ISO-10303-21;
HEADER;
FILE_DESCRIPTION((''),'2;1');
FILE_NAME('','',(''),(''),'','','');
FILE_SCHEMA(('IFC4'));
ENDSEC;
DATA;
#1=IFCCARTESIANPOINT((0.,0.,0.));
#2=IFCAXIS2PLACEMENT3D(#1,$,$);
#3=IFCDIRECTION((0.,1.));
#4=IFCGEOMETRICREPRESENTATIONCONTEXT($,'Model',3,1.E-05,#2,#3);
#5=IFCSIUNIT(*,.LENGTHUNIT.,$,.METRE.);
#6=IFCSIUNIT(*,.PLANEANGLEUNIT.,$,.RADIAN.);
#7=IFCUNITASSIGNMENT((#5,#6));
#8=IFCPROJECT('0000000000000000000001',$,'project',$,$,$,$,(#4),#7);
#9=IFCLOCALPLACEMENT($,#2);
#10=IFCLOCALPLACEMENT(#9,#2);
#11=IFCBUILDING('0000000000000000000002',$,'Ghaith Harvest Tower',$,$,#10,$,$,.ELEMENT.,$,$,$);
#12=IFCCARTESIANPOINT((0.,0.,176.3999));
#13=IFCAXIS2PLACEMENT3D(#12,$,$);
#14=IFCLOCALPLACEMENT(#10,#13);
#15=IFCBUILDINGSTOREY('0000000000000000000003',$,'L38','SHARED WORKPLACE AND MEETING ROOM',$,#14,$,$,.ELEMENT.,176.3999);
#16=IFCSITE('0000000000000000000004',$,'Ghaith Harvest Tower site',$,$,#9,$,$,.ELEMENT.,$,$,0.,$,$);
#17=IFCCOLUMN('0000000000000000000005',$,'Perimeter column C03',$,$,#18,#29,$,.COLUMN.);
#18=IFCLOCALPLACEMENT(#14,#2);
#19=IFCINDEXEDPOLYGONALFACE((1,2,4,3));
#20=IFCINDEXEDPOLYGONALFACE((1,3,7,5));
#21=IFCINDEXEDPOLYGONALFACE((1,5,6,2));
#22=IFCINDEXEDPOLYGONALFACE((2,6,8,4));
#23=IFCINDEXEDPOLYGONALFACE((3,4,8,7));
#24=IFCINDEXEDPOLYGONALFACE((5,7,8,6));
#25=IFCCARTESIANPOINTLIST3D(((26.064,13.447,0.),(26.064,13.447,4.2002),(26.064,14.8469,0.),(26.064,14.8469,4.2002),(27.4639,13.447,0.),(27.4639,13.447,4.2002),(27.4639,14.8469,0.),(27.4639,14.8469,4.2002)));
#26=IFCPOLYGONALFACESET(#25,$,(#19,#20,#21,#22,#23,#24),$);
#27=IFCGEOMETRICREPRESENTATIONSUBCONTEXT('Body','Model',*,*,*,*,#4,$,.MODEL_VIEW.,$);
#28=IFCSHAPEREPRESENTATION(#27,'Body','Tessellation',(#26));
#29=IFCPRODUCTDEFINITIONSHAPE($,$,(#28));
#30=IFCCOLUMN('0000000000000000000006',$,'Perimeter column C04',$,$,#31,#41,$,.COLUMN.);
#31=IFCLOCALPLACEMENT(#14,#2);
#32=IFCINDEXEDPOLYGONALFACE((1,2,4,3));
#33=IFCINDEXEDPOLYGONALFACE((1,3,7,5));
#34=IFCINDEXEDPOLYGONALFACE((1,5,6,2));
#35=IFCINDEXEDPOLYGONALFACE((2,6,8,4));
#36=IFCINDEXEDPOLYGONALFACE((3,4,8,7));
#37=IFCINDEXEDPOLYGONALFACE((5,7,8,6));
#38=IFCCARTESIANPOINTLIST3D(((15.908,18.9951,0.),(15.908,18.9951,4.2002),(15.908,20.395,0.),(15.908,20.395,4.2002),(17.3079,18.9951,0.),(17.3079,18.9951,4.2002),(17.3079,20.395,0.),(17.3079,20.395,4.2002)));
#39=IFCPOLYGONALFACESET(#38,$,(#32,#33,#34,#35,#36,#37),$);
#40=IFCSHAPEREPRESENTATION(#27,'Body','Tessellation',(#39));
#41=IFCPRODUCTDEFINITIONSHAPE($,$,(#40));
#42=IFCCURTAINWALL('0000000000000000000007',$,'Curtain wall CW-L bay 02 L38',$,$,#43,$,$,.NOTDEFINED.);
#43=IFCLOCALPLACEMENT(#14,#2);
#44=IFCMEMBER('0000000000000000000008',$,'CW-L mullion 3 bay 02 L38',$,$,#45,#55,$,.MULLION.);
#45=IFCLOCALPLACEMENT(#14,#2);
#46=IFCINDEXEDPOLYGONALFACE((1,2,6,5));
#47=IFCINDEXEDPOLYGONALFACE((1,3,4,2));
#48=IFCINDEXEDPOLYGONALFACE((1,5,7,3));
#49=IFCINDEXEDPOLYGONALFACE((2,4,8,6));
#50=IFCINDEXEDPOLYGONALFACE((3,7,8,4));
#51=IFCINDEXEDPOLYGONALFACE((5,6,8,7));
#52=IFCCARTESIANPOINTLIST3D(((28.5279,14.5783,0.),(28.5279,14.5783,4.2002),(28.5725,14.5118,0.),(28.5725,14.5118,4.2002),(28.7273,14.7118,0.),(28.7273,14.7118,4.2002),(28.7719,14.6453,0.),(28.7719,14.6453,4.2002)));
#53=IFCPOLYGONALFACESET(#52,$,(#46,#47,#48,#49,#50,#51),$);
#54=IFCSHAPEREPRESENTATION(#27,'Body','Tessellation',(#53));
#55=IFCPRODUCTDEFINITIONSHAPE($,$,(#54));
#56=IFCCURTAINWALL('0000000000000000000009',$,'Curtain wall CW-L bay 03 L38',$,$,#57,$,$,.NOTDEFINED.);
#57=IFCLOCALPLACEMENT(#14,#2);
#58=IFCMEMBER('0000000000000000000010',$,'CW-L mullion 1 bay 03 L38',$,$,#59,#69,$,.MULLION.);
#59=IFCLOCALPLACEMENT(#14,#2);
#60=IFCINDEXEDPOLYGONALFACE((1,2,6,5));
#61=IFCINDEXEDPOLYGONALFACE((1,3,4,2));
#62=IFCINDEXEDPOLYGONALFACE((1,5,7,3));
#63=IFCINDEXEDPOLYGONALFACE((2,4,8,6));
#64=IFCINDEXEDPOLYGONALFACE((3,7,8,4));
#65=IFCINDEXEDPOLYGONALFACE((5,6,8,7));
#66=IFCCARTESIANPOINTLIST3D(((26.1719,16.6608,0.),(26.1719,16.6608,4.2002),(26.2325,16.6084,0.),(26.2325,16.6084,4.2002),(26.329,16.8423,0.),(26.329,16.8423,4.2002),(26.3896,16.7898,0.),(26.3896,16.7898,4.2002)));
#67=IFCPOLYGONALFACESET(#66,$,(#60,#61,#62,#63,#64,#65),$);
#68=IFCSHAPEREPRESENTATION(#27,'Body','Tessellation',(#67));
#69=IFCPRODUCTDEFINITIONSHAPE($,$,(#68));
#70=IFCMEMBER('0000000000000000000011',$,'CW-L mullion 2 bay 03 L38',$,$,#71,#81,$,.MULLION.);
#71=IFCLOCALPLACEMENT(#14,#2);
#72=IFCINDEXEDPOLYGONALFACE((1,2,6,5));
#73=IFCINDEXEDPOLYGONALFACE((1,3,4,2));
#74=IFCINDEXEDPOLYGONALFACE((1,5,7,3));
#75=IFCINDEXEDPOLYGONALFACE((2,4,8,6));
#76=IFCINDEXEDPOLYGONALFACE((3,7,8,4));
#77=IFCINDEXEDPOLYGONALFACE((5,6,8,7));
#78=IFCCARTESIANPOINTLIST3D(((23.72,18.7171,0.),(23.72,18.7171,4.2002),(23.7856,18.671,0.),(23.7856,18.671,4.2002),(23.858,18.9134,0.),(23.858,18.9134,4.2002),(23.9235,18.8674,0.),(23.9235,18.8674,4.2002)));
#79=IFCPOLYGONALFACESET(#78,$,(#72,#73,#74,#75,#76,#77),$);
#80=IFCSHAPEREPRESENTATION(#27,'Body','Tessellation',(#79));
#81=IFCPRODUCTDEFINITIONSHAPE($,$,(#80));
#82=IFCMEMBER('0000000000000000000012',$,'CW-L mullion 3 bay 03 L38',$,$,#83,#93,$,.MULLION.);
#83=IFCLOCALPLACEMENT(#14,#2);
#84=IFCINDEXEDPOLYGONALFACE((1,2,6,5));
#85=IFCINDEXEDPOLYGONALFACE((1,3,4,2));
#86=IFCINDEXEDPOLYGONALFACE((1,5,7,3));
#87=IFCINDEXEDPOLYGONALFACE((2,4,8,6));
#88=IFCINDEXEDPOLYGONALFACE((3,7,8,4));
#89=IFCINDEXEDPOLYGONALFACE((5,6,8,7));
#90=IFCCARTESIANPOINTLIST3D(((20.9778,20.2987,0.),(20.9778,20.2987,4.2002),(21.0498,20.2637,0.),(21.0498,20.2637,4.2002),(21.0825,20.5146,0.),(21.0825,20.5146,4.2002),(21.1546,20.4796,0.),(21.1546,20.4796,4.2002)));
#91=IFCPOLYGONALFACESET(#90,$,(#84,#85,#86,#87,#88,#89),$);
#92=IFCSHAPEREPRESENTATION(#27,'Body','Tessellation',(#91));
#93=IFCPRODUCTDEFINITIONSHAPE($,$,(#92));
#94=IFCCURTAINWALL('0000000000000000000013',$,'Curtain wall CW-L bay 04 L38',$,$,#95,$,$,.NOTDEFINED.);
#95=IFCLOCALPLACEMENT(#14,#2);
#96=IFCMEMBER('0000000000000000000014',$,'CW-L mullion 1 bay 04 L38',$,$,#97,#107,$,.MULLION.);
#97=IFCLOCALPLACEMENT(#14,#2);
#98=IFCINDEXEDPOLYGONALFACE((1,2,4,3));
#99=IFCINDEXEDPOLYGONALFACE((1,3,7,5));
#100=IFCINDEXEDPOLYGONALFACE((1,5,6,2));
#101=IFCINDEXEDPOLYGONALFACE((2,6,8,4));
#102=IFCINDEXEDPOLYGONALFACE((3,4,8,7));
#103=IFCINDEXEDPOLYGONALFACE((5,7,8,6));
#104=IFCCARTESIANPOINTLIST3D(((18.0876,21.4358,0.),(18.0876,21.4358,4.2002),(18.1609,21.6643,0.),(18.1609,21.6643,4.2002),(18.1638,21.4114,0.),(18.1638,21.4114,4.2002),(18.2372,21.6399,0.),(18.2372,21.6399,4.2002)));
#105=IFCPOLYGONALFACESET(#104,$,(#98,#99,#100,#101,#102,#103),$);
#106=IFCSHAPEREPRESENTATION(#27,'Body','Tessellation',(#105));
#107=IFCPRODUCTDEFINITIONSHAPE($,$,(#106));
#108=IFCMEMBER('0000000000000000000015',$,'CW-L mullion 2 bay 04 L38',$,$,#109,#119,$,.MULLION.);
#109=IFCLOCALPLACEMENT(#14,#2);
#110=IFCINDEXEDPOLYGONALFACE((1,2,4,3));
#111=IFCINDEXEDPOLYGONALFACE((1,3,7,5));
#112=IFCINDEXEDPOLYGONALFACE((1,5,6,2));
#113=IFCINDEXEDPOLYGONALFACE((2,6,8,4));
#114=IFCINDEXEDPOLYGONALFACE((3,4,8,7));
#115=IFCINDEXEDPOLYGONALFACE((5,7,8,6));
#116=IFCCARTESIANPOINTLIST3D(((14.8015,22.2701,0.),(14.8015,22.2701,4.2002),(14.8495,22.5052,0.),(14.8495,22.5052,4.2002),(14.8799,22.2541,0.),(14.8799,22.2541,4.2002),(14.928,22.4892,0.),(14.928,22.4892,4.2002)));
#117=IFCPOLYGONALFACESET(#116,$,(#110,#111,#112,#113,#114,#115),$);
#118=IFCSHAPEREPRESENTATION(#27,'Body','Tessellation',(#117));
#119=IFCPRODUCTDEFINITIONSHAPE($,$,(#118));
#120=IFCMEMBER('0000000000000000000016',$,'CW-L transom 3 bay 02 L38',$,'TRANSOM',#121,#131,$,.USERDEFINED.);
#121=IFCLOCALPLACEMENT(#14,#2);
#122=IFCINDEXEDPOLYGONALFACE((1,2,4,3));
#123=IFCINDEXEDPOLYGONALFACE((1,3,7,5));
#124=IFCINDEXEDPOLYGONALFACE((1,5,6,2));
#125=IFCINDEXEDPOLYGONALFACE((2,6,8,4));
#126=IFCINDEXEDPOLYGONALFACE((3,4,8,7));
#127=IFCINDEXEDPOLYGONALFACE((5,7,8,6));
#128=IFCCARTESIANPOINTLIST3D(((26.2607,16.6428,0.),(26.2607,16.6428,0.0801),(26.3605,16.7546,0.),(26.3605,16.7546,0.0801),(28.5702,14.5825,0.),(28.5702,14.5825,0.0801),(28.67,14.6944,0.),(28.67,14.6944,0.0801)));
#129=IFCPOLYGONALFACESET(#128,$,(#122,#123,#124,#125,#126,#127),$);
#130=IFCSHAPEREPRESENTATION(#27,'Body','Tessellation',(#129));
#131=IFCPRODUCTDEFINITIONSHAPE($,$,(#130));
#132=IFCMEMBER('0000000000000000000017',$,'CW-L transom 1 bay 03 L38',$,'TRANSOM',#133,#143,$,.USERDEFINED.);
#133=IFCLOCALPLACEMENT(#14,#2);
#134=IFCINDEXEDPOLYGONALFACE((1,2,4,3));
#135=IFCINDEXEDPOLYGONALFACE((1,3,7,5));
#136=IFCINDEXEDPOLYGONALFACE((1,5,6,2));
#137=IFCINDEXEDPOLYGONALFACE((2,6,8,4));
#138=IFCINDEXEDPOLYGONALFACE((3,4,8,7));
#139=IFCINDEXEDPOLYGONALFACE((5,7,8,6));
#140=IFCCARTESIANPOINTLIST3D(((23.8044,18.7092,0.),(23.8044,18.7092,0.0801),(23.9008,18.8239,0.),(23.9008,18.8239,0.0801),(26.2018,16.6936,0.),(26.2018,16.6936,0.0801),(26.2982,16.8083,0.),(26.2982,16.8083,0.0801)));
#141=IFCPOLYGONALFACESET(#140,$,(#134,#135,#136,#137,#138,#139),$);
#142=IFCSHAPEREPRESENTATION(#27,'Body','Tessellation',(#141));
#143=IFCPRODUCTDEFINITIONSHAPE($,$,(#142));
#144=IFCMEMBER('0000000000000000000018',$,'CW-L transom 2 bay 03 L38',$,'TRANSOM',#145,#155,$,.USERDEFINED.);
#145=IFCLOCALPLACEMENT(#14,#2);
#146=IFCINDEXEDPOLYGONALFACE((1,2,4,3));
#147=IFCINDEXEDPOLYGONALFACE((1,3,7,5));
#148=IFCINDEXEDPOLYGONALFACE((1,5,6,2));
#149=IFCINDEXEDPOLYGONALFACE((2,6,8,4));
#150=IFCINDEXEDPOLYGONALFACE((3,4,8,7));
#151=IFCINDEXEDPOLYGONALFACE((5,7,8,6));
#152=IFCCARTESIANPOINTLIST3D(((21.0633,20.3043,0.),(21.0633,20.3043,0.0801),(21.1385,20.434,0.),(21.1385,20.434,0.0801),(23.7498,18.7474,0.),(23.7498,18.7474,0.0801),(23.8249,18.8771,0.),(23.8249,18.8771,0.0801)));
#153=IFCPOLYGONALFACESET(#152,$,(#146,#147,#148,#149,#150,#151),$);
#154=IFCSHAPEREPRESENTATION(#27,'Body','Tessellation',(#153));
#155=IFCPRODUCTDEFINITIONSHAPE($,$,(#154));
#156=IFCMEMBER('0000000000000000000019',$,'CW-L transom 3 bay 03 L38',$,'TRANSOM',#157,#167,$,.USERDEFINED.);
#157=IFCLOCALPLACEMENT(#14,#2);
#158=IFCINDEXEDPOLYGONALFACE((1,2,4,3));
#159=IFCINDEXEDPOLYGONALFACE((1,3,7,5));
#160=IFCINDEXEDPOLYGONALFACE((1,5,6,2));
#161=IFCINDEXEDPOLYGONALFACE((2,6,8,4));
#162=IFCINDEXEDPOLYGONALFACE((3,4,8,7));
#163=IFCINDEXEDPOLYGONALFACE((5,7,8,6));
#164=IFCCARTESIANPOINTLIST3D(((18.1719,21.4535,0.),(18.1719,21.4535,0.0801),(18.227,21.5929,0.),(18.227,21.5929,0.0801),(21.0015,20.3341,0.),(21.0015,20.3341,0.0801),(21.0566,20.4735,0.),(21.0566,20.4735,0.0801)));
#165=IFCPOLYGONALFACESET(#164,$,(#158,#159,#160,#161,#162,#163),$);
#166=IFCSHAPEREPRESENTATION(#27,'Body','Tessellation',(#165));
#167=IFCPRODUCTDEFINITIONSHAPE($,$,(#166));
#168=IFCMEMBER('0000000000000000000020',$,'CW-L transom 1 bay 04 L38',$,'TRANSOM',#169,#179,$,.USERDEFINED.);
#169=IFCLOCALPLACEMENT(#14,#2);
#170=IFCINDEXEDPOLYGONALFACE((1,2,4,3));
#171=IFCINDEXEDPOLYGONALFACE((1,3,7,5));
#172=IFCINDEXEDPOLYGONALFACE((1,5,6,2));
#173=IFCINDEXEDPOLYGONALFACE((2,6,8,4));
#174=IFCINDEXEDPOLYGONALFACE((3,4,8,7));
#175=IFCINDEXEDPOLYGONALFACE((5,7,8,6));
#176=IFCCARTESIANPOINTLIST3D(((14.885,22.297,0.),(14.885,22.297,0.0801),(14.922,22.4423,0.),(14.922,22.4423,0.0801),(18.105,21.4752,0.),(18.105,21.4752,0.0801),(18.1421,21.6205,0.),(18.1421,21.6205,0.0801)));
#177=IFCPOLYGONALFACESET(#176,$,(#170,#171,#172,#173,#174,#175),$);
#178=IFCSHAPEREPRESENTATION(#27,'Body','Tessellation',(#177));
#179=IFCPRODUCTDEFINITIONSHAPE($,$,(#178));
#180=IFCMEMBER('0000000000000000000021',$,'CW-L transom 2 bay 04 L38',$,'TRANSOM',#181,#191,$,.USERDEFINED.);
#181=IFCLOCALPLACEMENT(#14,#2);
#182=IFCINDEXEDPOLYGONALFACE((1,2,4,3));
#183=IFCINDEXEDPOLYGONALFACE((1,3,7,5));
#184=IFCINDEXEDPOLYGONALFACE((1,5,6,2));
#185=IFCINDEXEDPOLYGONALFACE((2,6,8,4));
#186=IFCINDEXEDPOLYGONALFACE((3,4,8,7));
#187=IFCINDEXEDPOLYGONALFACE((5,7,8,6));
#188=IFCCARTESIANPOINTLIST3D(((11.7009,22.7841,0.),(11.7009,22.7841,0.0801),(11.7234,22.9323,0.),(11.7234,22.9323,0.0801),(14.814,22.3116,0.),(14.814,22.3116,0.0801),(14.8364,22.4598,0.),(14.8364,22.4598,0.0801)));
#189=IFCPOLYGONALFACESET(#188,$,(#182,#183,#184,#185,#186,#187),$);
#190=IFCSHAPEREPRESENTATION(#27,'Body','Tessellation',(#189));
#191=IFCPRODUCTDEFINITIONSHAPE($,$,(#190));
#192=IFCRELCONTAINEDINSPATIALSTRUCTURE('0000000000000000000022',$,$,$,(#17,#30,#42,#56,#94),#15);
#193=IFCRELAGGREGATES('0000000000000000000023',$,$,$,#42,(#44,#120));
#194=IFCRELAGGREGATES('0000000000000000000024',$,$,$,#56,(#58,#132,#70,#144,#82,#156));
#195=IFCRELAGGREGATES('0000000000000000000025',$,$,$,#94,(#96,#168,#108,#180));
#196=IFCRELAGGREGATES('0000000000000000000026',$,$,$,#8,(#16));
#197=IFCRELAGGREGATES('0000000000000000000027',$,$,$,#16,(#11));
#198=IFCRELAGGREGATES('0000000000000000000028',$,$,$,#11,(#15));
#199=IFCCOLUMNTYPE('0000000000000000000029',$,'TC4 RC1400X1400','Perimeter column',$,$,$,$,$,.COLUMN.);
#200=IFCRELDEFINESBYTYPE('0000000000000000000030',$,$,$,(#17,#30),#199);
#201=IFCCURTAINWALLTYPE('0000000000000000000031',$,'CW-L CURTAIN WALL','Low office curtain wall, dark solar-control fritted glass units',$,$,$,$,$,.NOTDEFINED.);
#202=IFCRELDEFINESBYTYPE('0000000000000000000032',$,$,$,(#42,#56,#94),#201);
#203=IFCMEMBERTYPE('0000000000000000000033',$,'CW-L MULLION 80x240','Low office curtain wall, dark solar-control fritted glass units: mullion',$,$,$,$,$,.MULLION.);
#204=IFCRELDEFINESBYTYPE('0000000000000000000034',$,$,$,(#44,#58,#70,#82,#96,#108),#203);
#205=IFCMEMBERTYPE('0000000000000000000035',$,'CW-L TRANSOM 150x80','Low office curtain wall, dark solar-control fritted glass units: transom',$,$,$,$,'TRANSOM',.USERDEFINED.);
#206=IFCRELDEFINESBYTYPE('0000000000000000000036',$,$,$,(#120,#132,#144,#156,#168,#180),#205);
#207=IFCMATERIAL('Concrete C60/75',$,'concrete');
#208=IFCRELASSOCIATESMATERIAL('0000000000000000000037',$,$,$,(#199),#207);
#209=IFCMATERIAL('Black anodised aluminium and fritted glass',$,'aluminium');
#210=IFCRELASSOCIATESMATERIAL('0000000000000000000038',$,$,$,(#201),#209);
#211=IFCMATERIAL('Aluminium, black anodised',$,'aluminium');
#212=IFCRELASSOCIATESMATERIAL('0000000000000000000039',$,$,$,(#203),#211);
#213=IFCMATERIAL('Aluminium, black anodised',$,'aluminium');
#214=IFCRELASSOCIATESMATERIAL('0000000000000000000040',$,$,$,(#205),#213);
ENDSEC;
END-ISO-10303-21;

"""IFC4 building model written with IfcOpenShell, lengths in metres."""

from ifc_helpers import new_model, si_unit, direction, frame, origin, origin_2d, place, context, subcontext, project, spatial, rectangle, extrude, material, material_profile, profile_set, type_object, element, aggregate, save


model = new_model("IFC4")

# Units and contexts
model_context = context("Model", 3, precision=1e-05, world=origin(), true_north=direction((0.0, 1.0)))
body_context = subcontext(model_context, "Body", "Model", "MODEL_VIEW")
ifc_project = project(units=[si_unit("LENGTHUNIT", "METRE"), si_unit("PLANEANGLEUNIT", "RADIAN")], contexts=[model_context])

# Site, building, storey
site_placement = place(None, origin())
site = spatial("IfcSite", under=ifc_project, at=site_placement, Name="Ghaith Harvest Tower site", CompositionType="ELEMENT", RefElevation=0.0)
building_placement = place(site_placement, origin())
building = spatial("IfcBuilding", under=site, at=building_placement, Name="Ghaith Harvest Tower", CompositionType="ELEMENT")
storey_placement = place(building_placement, frame((0.0, 0.0, 176.3999)))
storey = spatial("IfcBuildingStorey", under=building, at=storey_placement, Name="L38", Description="SHARED WORKPLACE AND MEETING ROOM", CompositionType="ELEMENT", Elevation=176.3999)

# Columns
ifc_material_1 = material(Name="Concrete C60/75", Category="concrete")
ifc_material_profile_1 = material_profile(ifc_material_1, rectangle(XDim=1.3999, YDim=1.3999, at=origin_2d()), Name="RC1400X1400")
ifc_profile_set_1 = profile_set([ifc_material_profile_1], Name="Concrete C60/75")
column_type = type_object("IfcColumnType", Name="TC4 RC1400X1400", Description="Perimeter column", PredefinedType="COLUMN", material=ifc_profile_set_1)
for number, where, z_axis, x_axis, name in (
    (1, (26.7639, 14.147, 0.0), (0.0, 0.0, 1.0), (1.0, 0.0, 0.0), "Perimeter column C03"),
    (2, (16.6079, 19.6951, 0.0), (0.0, 0.0, 1.0), (1.0, 0.0, 0.0), "Perimeter column C04"),
):
    element("IfcColumn", number, at=place(storey_placement, frame(where, z_axis=z_axis, x_axis=x_axis)), inside=storey, type_object=column_type, Name=name, PredefinedType="COLUMN", context=body_context, shape_type="SweptSolid", body=[
        extrude(rectangle(XDim=1.3999, YDim=1.3999, at=origin_2d()), origin(), (0.0, 0.0, 1.0), 4.2002),
    ])

# Curtain wall, member
ifc_material_2 = material(Name="Black anodised aluminium and fritted glass", Category="aluminium")
curtain_wall_type = type_object("IfcCurtainWallType", Name="CW-L CURTAIN WALL", Description="Low office curtain wall, dark solar-control fritted glass units", PredefinedType="NOTDEFINED", material=ifc_material_2)
curtain_wall_1_placement = place(storey_placement, origin())
curtain_wall_1 = element("IfcCurtainWall", 3, at=curtain_wall_1_placement, inside=storey, type_object=curtain_wall_type, Name="Curtain wall CW-L bay 02 L38", PredefinedType="NOTDEFINED")
ifc_material_3 = material(Name="Aluminium, black anodised", Category="aluminium")
ifc_material_profile_2 = material_profile(ifc_material_3, rectangle(XDim=0.0801, YDim=0.24, at=origin_2d()), Name="CW-L MULLION 80x240")
ifc_profile_set_2 = profile_set([ifc_material_profile_2], Name="Aluminium, black anodised")
member_type_1 = type_object("IfcMemberType", Name="CW-L MULLION 80x240", Description="Low office curtain wall, dark solar-control fritted glass units: mullion", PredefinedType="MULLION", material=ifc_profile_set_2)
member_1_placement = place(storey_placement, frame((28.6499, 14.6118, 0.0), z_axis=(0.0, 0.0, 1.0), x_axis=(-0.556324, 0.830965, 0.0)))
member_1 = element("IfcMember", 4, at=member_1_placement, type_object=member_type_1, Name="CW-L mullion 3 bay 02 L38", PredefinedType="MULLION", context=body_context, shape_type="SweptSolid", body=[
    extrude(rectangle(XDim=0.0801, YDim=0.24, at=origin_2d()), origin(), (0.0, 0.0, 1.0), 4.2002),
])

# Curtain walls, members
curtain_wall_2_placement = place(storey_placement, origin())
curtain_wall_2 = element("IfcCurtainWall", 5, at=curtain_wall_2_placement, inside=storey, type_object=curtain_wall_type, Name="Curtain wall CW-L bay 03 L38", PredefinedType="NOTDEFINED")
member_2_placement = place(storey_placement, frame((26.2808, 16.7253, 0.0), z_axis=(0.0, 0.0, 1.0), x_axis=(-0.755999, 0.654572, 0.0)))
member_2 = element("IfcMember", 6, at=member_2_placement, type_object=member_type_1, Name="CW-L mullion 1 bay 03 L38", PredefinedType="MULLION", context=body_context, shape_type="SweptSolid", body=[
    extrude(rectangle(XDim=0.0801, YDim=0.24, at=origin_2d()), origin(), (0.0, 0.0, 1.0), 4.2002),
])
member_3_placement = place(storey_placement, frame((23.8218, 18.7922, 0.0), z_axis=(0.0, 0.0, 1.0), x_axis=(-0.818229, 0.574893, 0.0)))
member_3 = element("IfcMember", 7, at=member_3_placement, type_object=member_type_1, Name="CW-L mullion 2 bay 03 L38", PredefinedType="MULLION", context=body_context, shape_type="SweptSolid", body=[
    extrude(rectangle(XDim=0.0801, YDim=0.24, at=origin_2d()), origin(), (0.0, 0.0, 1.0), 4.2002),
])
member_4_placement = place(storey_placement, frame((21.0662, 20.3892, 0.0), z_axis=(0.0, 0.0, 1.0), x_axis=(-0.899713, 0.436481, 0.0)))
member_4 = element("IfcMember", 8, at=member_4_placement, type_object=member_type_1, Name="CW-L mullion 3 bay 03 L38", PredefinedType="MULLION", context=body_context, shape_type="SweptSolid", body=[
    extrude(rectangle(XDim=0.0801, YDim=0.24, at=origin_2d()), origin(), (0.0, 0.0, 1.0), 4.2002),
])
curtain_wall_3_placement = place(storey_placement, origin())
curtain_wall_3 = element("IfcCurtainWall", 9, at=curtain_wall_3_placement, inside=storey, type_object=curtain_wall_type, Name="Curtain wall CW-L bay 04 L38", PredefinedType="NOTDEFINED")
member_5_placement = place(storey_placement, frame((18.1624, 21.5378, 0.0), z_axis=(0.0, 0.0, 1.0), x_axis=(-0.952152, 0.305624, 0.0)))
member_5 = element("IfcMember", 10, at=member_5_placement, type_object=member_type_1, Name="CW-L mullion 1 bay 04 L38", PredefinedType="MULLION", context=body_context, shape_type="SweptSolid", body=[
    extrude(rectangle(XDim=0.0801, YDim=0.24, at=origin_2d()), origin(), (0.0, 0.0, 1.0), 4.2002),
])
member_6_placement = place(storey_placement, frame((14.8647, 22.3796, 0.0), z_axis=(0.0, 0.0, 1.0), x_axis=(-0.979752, 0.200215, 0.0)))
member_6 = element("IfcMember", 11, at=member_6_placement, type_object=member_type_1, Name="CW-L mullion 2 bay 04 L38", PredefinedType="MULLION", context=body_context, shape_type="SweptSolid", body=[
    extrude(rectangle(XDim=0.0801, YDim=0.24, at=origin_2d()), origin(), (0.0, 0.0, 1.0), 4.2002),
])

# Members
ifc_material_4 = material(Name="Aluminium, black anodised", Category="aluminium")
ifc_material_profile_3 = material_profile(ifc_material_4, rectangle(XDim=0.1499, YDim=0.0801, at=origin_2d()), Name="CW-L TRANSOM 150x80")
ifc_profile_set_3 = profile_set([ifc_material_profile_3], Name="Aluminium, black anodised")
member_type_2 = type_object("IfcMemberType", Name="CW-L TRANSOM 150x80", Description="Low office curtain wall, dark solar-control fritted glass units: transom", ElementType="TRANSOM", PredefinedType="USERDEFINED", material=ifc_profile_set_3)
member_7_placement = place(storey_placement, frame((28.6201, 14.6384, 0.04), z_axis=(-0.746229, 0.66569, 0.0), x_axis=(-0.66569, -0.746229, 0.0)))
member_7 = element("IfcMember", 12, at=member_7_placement, type_object=member_type_2, Name="CW-L transom 3 bay 02 L38", ObjectType="TRANSOM", PredefinedType="USERDEFINED", context=body_context, shape_type="SweptSolid", body=[
    extrude(rectangle(XDim=0.1499, YDim=0.0801, at=origin_2d()), origin(), (0.0, 0.0, 1.0), 3.095),
])
member_8_placement = place(storey_placement, frame((26.25, 16.751, 0.04), z_axis=(-0.765428, 0.643521, 0.0), x_axis=(-0.643521, -0.765428, 0.0)))
member_8 = element("IfcMember", 13, at=member_8_placement, type_object=member_type_2, Name="CW-L transom 1 bay 03 L38", ObjectType="TRANSOM", PredefinedType="USERDEFINED", context=body_context, shape_type="SweptSolid", body=[
    extrude(rectangle(XDim=0.1499, YDim=0.0801, at=origin_2d()), origin(), (0.0, 0.0, 1.0), 3.1321),
])
member_9_placement = place(storey_placement, frame((23.7874, 18.8123, 0.04), z_axis=(-0.865213, 0.501405, 0.0), x_axis=(-0.501405, -0.865213, 0.0)))
member_9 = element("IfcMember", 14, at=member_9_placement, type_object=member_type_2, Name="CW-L transom 2 bay 03 L38", ObjectType="TRANSOM", PredefinedType="USERDEFINED", context=body_context, shape_type="SweptSolid", body=[
    extrude(rectangle(XDim=0.1499, YDim=0.0801, at=origin_2d()), origin(), (0.0, 0.0, 1.0), 3.105),
])
member_10_placement = place(storey_placement, frame((21.0291, 20.4038, 0.04), z_axis=(-0.929881, 0.367861, 0.0), x_axis=(-0.367861, -0.929881, 0.0)))
member_10 = element("IfcMember", 15, at=member_10_placement, type_object=member_type_2, Name="CW-L transom 3 bay 03 L38", ObjectType="TRANSOM", PredefinedType="USERDEFINED", context=body_context, shape_type="SweptSolid", body=[
    extrude(rectangle(XDim=0.1499, YDim=0.0801, at=origin_2d()), origin(), (0.0, 0.0, 1.0), 3.043),
])
member_11_placement = place(storey_placement, frame((18.1235, 21.5479, 0.04), z_axis=(-0.968942, 0.247286, 0.0), x_axis=(-0.247286, -0.968942, 0.0)))
member_11 = element("IfcMember", 16, at=member_11_placement, type_object=member_type_2, Name="CW-L transom 1 bay 04 L38", ObjectType="TRANSOM", PredefinedType="USERDEFINED", context=body_context, shape_type="SweptSolid", body=[
    extrude(rectangle(XDim=0.1499, YDim=0.0801, at=origin_2d()), origin(), (0.0, 0.0, 1.0), 3.3232),
])
member_12_placement = place(storey_placement, frame((14.8252, 22.3857, 0.04), z_axis=(-0.988681, 0.150035, 0.0), x_axis=(-0.150035, -0.988681, 0.0)))
member_12 = element("IfcMember", 17, at=member_12_placement, type_object=member_type_2, Name="CW-L transom 2 bay 04 L38", ObjectType="TRANSOM", PredefinedType="USERDEFINED", context=body_context, shape_type="SweptSolid", body=[
    extrude(rectangle(XDim=0.1499, YDim=0.0801, at=origin_2d()), origin(), (0.0, 0.0, 1.0), 3.1487),
])

aggregate(curtain_wall_1, [member_1, member_7])
aggregate(curtain_wall_2, [member_2, member_8, member_3, member_9, member_4, member_10])
aggregate(curtain_wall_3, [member_5, member_11, member_6, member_12])

save(model, "model.ifc")
